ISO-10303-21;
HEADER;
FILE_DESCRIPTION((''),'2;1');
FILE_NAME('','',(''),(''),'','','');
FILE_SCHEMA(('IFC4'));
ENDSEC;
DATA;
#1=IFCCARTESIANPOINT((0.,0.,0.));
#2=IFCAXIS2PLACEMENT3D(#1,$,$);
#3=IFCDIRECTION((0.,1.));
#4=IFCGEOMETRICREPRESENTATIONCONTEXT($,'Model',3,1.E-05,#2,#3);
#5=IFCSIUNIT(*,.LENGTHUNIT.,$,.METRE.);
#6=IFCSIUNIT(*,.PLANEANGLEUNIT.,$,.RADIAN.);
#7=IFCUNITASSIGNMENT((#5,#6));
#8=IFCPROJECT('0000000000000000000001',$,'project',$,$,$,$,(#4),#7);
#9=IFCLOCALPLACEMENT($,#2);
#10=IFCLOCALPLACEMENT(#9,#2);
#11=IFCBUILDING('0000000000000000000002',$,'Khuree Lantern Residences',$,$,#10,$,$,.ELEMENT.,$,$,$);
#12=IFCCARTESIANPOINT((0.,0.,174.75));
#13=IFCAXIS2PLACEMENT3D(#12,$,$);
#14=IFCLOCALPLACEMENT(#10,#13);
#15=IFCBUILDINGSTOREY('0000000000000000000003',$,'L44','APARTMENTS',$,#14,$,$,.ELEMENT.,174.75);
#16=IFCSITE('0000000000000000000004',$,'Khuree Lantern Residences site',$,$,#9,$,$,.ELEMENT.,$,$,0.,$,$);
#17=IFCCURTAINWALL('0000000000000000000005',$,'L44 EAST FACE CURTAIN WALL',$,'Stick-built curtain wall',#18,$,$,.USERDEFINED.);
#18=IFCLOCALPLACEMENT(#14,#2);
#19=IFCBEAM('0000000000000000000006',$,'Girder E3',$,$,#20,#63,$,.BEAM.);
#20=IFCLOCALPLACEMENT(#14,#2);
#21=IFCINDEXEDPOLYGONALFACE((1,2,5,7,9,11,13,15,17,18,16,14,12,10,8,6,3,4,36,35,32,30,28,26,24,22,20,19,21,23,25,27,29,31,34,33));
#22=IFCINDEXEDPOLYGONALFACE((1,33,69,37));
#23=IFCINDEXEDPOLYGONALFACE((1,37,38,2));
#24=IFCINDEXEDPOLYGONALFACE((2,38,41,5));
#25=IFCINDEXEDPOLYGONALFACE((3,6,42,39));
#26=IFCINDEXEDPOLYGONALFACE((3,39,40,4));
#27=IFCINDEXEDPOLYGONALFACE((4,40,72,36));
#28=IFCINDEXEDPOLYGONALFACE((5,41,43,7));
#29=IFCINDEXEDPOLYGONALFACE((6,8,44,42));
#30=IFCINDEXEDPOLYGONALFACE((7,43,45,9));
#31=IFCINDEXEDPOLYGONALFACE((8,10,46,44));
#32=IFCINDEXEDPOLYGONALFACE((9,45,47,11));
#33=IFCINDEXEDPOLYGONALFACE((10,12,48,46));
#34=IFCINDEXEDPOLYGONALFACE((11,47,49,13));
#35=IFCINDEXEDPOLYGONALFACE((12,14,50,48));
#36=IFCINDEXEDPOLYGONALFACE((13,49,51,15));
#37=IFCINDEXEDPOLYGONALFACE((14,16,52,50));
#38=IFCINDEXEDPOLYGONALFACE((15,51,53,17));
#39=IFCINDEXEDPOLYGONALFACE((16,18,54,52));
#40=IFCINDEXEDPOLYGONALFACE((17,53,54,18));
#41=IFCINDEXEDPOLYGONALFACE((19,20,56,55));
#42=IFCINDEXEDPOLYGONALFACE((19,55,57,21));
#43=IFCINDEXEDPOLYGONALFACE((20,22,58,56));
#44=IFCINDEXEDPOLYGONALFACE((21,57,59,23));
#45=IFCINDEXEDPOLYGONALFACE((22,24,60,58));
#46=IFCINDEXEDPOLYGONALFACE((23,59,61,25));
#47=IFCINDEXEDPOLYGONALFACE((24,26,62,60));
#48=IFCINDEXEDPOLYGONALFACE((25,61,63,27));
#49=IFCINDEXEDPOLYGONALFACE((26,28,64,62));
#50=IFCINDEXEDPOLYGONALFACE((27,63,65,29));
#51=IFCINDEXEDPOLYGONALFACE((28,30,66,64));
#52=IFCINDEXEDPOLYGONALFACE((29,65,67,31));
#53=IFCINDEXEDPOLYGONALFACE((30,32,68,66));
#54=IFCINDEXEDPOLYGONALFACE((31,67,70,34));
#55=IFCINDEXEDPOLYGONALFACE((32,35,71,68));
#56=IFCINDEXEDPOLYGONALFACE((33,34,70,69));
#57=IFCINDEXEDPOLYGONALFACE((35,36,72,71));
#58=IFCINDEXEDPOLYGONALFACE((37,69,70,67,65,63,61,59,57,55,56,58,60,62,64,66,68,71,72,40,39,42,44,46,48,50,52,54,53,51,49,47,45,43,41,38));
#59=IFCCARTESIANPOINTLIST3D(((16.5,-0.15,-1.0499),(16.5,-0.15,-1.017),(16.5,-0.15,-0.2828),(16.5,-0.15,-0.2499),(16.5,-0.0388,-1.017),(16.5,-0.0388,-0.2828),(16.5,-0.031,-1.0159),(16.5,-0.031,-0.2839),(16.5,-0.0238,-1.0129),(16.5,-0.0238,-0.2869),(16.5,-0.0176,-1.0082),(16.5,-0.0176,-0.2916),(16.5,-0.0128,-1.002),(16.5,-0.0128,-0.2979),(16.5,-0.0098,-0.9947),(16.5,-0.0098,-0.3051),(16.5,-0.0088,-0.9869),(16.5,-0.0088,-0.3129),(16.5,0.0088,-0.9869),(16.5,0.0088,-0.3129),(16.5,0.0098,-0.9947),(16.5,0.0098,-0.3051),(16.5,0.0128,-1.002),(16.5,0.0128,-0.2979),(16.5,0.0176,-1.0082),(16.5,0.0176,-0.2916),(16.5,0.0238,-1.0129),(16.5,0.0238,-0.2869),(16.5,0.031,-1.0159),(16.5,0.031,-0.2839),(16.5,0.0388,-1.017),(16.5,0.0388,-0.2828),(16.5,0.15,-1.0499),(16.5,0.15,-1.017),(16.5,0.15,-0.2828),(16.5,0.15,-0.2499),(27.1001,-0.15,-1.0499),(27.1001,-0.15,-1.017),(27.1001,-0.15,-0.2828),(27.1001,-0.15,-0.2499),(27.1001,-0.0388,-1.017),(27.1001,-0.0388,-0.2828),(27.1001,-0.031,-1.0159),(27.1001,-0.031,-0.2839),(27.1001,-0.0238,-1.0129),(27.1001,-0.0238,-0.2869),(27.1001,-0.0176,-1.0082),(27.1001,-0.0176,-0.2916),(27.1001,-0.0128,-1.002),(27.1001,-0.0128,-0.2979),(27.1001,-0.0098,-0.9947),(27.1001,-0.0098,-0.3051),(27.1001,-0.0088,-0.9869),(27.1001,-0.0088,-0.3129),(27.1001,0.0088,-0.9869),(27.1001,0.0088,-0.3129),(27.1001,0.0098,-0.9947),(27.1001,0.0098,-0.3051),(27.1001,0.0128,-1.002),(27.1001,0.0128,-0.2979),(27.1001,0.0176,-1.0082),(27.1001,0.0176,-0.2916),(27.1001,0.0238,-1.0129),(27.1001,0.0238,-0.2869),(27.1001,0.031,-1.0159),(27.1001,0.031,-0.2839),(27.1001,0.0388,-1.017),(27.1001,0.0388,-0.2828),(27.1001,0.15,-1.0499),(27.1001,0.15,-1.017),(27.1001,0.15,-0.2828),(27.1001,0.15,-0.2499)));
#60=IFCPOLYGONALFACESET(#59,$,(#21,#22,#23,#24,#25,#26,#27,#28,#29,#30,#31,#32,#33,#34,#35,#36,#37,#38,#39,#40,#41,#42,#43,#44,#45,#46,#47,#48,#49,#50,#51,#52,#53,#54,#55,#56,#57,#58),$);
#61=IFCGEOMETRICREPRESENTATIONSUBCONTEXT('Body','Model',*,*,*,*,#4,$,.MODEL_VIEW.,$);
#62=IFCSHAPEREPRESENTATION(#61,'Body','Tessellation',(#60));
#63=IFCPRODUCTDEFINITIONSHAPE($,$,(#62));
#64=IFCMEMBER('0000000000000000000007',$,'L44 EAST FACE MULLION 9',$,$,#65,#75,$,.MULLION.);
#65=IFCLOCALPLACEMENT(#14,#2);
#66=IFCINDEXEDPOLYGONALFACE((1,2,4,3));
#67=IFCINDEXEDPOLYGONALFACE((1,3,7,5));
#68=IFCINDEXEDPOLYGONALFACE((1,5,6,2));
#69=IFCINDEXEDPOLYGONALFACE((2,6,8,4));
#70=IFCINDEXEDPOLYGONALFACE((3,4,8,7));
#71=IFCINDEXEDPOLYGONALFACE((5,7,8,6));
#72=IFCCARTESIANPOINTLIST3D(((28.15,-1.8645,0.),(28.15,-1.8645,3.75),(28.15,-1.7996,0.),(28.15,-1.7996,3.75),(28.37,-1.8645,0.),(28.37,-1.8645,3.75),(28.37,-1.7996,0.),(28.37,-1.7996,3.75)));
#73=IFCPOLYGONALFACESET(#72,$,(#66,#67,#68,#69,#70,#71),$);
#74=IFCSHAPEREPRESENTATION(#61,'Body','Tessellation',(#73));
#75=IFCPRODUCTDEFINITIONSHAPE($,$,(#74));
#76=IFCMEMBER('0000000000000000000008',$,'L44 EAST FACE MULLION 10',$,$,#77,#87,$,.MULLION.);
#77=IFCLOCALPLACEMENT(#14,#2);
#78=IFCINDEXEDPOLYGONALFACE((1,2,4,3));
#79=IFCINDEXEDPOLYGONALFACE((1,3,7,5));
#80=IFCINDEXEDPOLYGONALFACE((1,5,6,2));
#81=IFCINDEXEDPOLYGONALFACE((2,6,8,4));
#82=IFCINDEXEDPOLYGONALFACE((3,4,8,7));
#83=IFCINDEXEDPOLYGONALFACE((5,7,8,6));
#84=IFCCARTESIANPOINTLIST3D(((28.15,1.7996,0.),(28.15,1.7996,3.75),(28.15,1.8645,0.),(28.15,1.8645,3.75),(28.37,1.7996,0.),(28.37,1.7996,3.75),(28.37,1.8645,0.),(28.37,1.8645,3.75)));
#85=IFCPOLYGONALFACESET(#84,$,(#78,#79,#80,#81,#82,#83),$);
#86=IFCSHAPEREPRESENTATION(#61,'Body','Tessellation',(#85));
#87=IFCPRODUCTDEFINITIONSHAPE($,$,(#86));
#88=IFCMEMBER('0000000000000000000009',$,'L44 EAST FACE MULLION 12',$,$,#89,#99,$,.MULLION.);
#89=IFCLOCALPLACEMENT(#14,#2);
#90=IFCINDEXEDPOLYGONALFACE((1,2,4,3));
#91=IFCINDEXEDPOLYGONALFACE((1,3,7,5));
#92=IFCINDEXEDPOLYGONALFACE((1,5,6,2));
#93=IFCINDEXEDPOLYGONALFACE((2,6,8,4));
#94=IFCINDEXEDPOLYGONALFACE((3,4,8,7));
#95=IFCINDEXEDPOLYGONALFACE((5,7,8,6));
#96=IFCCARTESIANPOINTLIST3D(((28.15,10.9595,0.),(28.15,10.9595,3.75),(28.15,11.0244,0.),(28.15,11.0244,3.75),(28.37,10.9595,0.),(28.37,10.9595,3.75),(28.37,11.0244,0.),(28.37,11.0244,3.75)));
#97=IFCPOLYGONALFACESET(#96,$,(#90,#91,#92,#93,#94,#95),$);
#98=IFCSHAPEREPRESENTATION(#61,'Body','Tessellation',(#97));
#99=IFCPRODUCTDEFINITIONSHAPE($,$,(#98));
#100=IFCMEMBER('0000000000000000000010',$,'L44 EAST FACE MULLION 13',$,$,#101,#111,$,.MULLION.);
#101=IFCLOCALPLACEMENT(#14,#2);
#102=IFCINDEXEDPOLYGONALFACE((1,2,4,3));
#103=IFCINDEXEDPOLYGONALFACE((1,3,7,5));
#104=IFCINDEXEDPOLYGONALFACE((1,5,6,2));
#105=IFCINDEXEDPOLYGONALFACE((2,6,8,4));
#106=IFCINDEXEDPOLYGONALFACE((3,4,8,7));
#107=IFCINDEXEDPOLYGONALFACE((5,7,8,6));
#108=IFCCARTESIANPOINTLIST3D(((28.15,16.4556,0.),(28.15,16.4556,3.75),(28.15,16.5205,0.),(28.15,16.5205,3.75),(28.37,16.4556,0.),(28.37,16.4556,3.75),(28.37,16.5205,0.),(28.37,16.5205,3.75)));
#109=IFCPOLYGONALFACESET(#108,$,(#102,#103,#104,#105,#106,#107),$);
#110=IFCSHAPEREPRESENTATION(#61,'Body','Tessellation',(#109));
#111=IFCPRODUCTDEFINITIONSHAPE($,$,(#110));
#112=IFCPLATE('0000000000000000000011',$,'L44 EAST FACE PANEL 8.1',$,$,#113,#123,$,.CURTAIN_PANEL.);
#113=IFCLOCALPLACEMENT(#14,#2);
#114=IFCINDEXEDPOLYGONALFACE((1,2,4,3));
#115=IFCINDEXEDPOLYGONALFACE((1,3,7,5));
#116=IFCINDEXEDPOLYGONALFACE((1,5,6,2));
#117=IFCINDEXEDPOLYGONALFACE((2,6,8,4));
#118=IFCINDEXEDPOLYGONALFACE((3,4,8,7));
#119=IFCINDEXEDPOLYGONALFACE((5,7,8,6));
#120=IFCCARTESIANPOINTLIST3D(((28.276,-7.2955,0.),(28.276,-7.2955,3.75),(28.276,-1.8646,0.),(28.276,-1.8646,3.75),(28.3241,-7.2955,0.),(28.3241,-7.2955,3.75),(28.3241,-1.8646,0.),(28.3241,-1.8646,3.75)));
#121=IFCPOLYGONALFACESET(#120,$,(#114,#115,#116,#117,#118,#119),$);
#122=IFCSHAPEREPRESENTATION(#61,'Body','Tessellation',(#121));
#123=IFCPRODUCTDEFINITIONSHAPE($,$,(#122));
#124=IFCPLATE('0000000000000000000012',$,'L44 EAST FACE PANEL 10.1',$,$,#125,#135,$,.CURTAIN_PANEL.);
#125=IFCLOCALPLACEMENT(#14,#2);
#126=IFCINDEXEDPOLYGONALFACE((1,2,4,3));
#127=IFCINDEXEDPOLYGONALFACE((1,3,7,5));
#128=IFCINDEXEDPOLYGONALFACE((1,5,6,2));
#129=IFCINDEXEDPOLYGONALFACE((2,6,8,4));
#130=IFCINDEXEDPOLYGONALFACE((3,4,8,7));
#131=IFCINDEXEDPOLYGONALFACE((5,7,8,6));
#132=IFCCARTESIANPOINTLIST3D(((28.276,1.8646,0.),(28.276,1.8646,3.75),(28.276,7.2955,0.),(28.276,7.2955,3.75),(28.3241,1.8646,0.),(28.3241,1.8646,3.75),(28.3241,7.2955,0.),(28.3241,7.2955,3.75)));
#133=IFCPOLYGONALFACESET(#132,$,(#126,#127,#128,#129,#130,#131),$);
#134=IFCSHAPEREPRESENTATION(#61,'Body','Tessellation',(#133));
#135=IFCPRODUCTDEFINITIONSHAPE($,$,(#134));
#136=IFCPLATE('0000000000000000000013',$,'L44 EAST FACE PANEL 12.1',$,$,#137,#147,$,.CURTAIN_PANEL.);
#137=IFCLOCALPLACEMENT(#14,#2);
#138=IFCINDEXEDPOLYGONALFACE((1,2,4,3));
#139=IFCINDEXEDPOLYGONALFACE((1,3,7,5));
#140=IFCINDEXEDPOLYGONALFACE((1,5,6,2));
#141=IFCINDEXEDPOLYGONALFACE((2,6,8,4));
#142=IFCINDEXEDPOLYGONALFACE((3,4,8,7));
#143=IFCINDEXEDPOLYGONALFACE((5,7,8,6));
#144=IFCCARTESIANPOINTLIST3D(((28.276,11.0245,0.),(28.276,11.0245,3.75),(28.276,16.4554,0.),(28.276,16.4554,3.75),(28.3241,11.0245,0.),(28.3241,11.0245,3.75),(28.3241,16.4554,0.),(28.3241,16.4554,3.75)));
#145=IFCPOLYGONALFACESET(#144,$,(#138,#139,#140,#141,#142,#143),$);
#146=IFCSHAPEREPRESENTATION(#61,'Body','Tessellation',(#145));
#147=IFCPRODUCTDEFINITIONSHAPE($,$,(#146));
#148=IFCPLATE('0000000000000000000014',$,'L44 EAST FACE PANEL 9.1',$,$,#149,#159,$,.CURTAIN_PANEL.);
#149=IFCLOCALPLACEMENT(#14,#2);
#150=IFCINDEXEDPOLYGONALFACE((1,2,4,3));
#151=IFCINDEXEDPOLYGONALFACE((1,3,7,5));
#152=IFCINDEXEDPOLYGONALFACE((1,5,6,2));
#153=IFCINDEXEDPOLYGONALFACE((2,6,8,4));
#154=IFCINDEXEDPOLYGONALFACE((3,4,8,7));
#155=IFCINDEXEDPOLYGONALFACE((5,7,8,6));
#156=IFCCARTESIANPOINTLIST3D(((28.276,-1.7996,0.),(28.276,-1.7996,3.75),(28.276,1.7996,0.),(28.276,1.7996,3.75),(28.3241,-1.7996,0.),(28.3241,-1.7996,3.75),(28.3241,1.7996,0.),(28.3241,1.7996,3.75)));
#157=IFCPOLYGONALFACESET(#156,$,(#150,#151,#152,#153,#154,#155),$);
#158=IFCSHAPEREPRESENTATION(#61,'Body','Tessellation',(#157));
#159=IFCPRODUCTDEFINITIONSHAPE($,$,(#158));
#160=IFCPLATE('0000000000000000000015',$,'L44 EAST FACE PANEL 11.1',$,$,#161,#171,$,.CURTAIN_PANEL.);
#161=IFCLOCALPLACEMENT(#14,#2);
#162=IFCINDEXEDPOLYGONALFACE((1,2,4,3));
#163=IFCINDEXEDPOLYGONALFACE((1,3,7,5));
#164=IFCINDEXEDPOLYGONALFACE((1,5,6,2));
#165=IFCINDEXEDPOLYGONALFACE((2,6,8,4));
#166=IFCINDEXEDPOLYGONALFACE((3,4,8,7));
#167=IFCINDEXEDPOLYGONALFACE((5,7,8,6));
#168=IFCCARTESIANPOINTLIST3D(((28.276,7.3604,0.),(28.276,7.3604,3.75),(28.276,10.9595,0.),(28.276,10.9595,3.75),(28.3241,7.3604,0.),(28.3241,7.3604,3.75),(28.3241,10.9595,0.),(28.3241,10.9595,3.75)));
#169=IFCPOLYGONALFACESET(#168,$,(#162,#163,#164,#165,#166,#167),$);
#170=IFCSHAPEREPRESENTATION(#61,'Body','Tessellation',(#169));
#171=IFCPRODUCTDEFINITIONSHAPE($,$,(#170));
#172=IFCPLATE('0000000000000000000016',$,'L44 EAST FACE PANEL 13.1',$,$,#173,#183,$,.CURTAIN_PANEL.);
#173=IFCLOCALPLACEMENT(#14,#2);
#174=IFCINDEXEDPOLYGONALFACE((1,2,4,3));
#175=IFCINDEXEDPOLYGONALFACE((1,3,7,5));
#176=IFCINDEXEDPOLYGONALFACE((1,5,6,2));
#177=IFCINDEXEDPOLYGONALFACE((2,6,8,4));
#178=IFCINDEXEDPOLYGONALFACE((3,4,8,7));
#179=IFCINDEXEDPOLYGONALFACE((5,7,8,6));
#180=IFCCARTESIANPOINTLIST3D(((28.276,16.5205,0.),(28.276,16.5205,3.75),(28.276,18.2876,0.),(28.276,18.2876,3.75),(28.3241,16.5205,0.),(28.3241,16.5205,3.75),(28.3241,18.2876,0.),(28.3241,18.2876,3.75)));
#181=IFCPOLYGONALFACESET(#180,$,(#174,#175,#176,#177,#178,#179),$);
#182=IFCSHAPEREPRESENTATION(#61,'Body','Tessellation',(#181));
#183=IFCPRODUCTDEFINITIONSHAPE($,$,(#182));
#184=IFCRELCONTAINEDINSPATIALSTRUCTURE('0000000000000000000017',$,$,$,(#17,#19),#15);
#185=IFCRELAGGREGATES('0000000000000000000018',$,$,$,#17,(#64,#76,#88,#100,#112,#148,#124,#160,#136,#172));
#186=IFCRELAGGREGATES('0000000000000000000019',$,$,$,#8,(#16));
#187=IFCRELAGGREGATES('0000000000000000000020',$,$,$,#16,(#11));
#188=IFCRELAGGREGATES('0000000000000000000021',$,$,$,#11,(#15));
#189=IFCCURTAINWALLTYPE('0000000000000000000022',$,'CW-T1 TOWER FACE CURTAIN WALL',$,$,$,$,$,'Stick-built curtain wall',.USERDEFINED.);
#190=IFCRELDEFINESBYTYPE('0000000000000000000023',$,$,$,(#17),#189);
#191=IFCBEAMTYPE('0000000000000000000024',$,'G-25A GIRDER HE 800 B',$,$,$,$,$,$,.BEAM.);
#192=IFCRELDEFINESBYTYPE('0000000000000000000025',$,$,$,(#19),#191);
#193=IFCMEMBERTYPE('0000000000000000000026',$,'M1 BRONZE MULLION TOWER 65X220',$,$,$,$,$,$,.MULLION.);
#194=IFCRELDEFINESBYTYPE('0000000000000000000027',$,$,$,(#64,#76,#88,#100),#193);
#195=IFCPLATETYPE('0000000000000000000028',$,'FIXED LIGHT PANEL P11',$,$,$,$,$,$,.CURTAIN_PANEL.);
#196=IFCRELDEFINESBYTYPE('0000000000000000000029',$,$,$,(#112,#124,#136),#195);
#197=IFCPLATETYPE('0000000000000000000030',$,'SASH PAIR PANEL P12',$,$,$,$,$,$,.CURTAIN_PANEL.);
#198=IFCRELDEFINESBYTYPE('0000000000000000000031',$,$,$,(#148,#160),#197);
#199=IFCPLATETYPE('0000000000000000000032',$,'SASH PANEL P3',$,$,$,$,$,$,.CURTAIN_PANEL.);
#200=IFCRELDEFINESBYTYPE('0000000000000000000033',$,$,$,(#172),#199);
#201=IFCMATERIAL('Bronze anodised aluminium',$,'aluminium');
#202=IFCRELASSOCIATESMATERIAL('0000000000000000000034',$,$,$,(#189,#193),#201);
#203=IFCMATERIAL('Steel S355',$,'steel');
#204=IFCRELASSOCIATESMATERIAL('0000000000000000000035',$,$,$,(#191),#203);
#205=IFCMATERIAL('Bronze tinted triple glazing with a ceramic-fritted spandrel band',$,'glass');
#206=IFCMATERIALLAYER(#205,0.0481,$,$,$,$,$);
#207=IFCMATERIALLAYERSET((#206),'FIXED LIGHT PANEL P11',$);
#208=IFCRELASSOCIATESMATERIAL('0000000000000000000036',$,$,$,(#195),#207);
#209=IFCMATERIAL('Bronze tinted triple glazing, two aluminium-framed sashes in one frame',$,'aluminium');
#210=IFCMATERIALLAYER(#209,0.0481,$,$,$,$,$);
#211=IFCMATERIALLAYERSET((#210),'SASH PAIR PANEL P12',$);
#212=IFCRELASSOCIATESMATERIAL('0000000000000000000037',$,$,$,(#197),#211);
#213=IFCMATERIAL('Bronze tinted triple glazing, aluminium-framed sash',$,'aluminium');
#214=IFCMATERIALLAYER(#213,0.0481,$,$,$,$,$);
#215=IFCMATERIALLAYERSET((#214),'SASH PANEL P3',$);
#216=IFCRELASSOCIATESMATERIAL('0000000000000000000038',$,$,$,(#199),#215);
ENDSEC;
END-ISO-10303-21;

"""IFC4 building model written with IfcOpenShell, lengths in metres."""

from ifc_helpers import new_model, si_unit, direction, frame, origin, origin_2d, place, context, subcontext, project, spatial, rectangle, i_section, extrude, material, layer, layer_set, material_profile, profile_set, type_object, element, aggregate, save


model = new_model("IFC4")

# Units and contexts
model_context = context("Model", 3, precision=1e-05, world=origin(), true_north=direction((0.0, 1.0)))
body_context = subcontext(model_context, "Body", "Model", "MODEL_VIEW")
ifc_project = project(units=[si_unit("LENGTHUNIT", "METRE"), si_unit("PLANEANGLEUNIT", "RADIAN")], contexts=[model_context])

# Site, building, storey
site_placement = place(None, origin())
site = spatial("IfcSite", under=ifc_project, at=site_placement, Name="Khuree Lantern Residences site", CompositionType="ELEMENT", RefElevation=0.0)
building_placement = place(site_placement, origin())
building = spatial("IfcBuilding", under=site, at=building_placement, Name="Khuree Lantern Residences", CompositionType="ELEMENT")
storey_placement = place(building_placement, frame((0.0, 0.0, 174.75)))
storey = spatial("IfcBuildingStorey", under=building, at=storey_placement, Name="L44", Description="APARTMENTS", CompositionType="ELEMENT", Elevation=174.75)

# Shared definitions
ifc_material_1 = material(Name="Steel S355", Category="steel")

# Curtain wall
ifc_material_2 = material(Name="Bronze anodised aluminium", Category="aluminium")
curtain_wall_type = type_object("IfcCurtainWallType", Name="CW-T1 TOWER FACE CURTAIN WALL", ElementType="Stick-built curtain wall", PredefinedType="USERDEFINED", material=ifc_material_2)
curtain_wall_placement = place(storey_placement, origin())
curtain_wall = element("IfcCurtainWall", 1, at=curtain_wall_placement, inside=storey, type_object=curtain_wall_type, Name="L44 EAST FACE CURTAIN WALL", ObjectType="Stick-built curtain wall", PredefinedType="USERDEFINED")

# Beam
ifc_material_profile_1 = material_profile(ifc_material_1, i_section(OverallWidth=0.3, OverallDepth=0.8, WebThickness=0.0176, FlangeThickness=0.033, FilletRadius=0.03, at=origin_2d()), Name="HE 800 B")
ifc_profile_set_1 = profile_set([ifc_material_profile_1], Name="Steel S355")
beam_type_1 = type_object("IfcBeamType", Name="G-25A GIRDER HE 800 B", PredefinedType="BEAM", material=ifc_profile_set_1)
for number, where, z_axis, x_axis, name in (
    (2, (27.1001, 0.0, -0.6499), (-1.0, 0.0, 0.0), (0.0, -1.0, 0.0), "Girder E3"),
):
    element("IfcBeam", number, at=place(storey_placement, frame(where, z_axis=z_axis, x_axis=x_axis)), inside=storey, type_object=beam_type_1, Name=name, PredefinedType="BEAM", context=body_context, shape_type="SweptSolid", body=[
        extrude(i_section(OverallWidth=0.3, OverallDepth=0.8, WebThickness=0.0176, FlangeThickness=0.033, FilletRadius=0.03, at=origin_2d()), origin(), (0.0, 0.0, 1.0), 10.6001),
    ])

# Members
ifc_material_profile_2 = material_profile(ifc_material_2, rectangle(XDim=0.0649, YDim=0.22, at=origin_2d()), Name="M1 65X220")
ifc_profile_set_2 = profile_set([ifc_material_profile_2], Name="Bronze anodised aluminium")
member_type_1 = type_object("IfcMemberType", Name="M1 BRONZE MULLION TOWER 65X220", PredefinedType="MULLION", material=ifc_profile_set_2)
member_1_placement = place(storey_placement, frame((28.26, -1.832, 0.0), z_axis=(0.0, 0.0, 1.0), x_axis=(0.0, 1.0, 0.0)))
member_1 = element("IfcMember", 3, at=member_1_placement, type_object=member_type_1, Name="L44 EAST FACE MULLION 9", PredefinedType="MULLION", context=body_context, shape_type="SweptSolid", body=[
    extrude(rectangle(XDim=0.0649, YDim=0.22, at=origin_2d()), origin(), (0.0, 0.0, 1.0), 3.75),
])
member_2_placement = place(storey_placement, frame((28.26, 1.832, 0.0), z_axis=(0.0, 0.0, 1.0), x_axis=(0.0, 1.0, 0.0)))
member_2 = element("IfcMember", 4, at=member_2_placement, type_object=member_type_1, Name="L44 EAST FACE MULLION 10", PredefinedType="MULLION", context=body_context, shape_type="SweptSolid", body=[
    extrude(rectangle(XDim=0.0649, YDim=0.22, at=origin_2d()), origin(), (0.0, 0.0, 1.0), 3.75),
])
member_3_placement = place(storey_placement, frame((28.26, 10.9919, 0.0), z_axis=(0.0, 0.0, 1.0), x_axis=(0.0, 1.0, 0.0)))
member_3 = element("IfcMember", 5, at=member_3_placement, type_object=member_type_1, Name="L44 EAST FACE MULLION 12", PredefinedType="MULLION", context=body_context, shape_type="SweptSolid", body=[
    extrude(rectangle(XDim=0.0649, YDim=0.22, at=origin_2d()), origin(), (0.0, 0.0, 1.0), 3.75),
])
member_4_placement = place(storey_placement, frame((28.26, 16.488, 0.0), z_axis=(0.0, 0.0, 1.0), x_axis=(0.0, 1.0, 0.0)))
member_4 = element("IfcMember", 6, at=member_4_placement, type_object=member_type_1, Name="L44 EAST FACE MULLION 13", PredefinedType="MULLION", context=body_context, shape_type="SweptSolid", body=[
    extrude(rectangle(XDim=0.0649, YDim=0.22, at=origin_2d()), origin(), (0.0, 0.0, 1.0), 3.75),
])

# Plates
ifc_material_3 = material(Name="Bronze tinted triple glazing with a ceramic-fritted spandrel band", Category="glass")
ifc_layer_1 = layer(ifc_material_3, 0.0481)
ifc_layer_set_1 = layer_set([ifc_layer_1], Name="FIXED LIGHT PANEL P11")
plate_type_1 = type_object("IfcPlateType", Name="FIXED LIGHT PANEL P11", PredefinedType="CURTAIN_PANEL", material=ifc_layer_set_1)
plate_1_placement = place(storey_placement, frame((28.3, -4.5801, 0.0), z_axis=(0.0, 0.0, 1.0), x_axis=(0.0, 1.0, 0.0)))
plate_1 = element("IfcPlate", 7, at=plate_1_placement, type_object=plate_type_1, Name="L44 EAST FACE PANEL 8.1", PredefinedType="CURTAIN_PANEL", context=body_context, shape_type="SweptSolid", body=[
    extrude(rectangle(XDim=5.4309, YDim=0.0481, at=origin_2d()), origin(), (0.0, 0.0, 1.0), 3.75),
])
plate_2_placement = place(storey_placement, frame((28.3, 4.5801, 0.0), z_axis=(0.0, 0.0, 1.0), x_axis=(0.0, 1.0, 0.0)))
plate_2 = element("IfcPlate", 8, at=plate_2_placement, type_object=plate_type_1, Name="L44 EAST FACE PANEL 10.1", PredefinedType="CURTAIN_PANEL", context=body_context, shape_type="SweptSolid", body=[
    extrude(rectangle(XDim=5.4309, YDim=0.0481, at=origin_2d()), origin(), (0.0, 0.0, 1.0), 3.75),
])
plate_3_placement = place(storey_placement, frame((28.3, 13.74, 0.0), z_axis=(0.0, 0.0, 1.0), x_axis=(0.0, 1.0, 0.0)))
plate_3 = element("IfcPlate", 9, at=plate_3_placement, type_object=plate_type_1, Name="L44 EAST FACE PANEL 12.1", PredefinedType="CURTAIN_PANEL", context=body_context, shape_type="SweptSolid", body=[
    extrude(rectangle(XDim=5.4309, YDim=0.0481, at=origin_2d()), origin(), (0.0, 0.0, 1.0), 3.75),
])
ifc_material_4 = material(Name="Bronze tinted triple glazing, two aluminium-framed sashes in one frame", Category="aluminium")
ifc_layer_2 = layer(ifc_material_4, 0.0481)
ifc_layer_set_2 = layer_set([ifc_layer_2], Name="SASH PAIR PANEL P12")
plate_type_2 = type_object("IfcPlateType", Name="SASH PAIR PANEL P12", PredefinedType="CURTAIN_PANEL", material=ifc_layer_set_2)
plate_4_placement = place(storey_placement, frame((28.3, 0.0, 0.0), z_axis=(0.0, 0.0, 1.0), x_axis=(0.0, 1.0, 0.0)))
plate_4 = element("IfcPlate", 10, at=plate_4_placement, type_object=plate_type_2, Name="L44 EAST FACE PANEL 9.1", PredefinedType="CURTAIN_PANEL", context=body_context, shape_type="SweptSolid", body=[
    extrude(rectangle(XDim=3.5991, YDim=0.0481, at=origin_2d()), origin(), (0.0, 0.0, 1.0), 3.75),
])
plate_5_placement = place(storey_placement, frame((28.3, 9.1599, 0.0), z_axis=(0.0, 0.0, 1.0), x_axis=(0.0, 1.0, 0.0)))
plate_5 = element("IfcPlate", 11, at=plate_5_placement, type_object=plate_type_2, Name="L44 EAST FACE PANEL 11.1", PredefinedType="CURTAIN_PANEL", context=body_context, shape_type="SweptSolid", body=[
    extrude(rectangle(XDim=3.5991, YDim=0.0481, at=origin_2d()), origin(), (0.0, 0.0, 1.0), 3.75),
])
ifc_material_5 = material(Name="Bronze tinted triple glazing, aluminium-framed sash", Category="aluminium")
ifc_layer_3 = layer(ifc_material_5, 0.0481)
ifc_layer_set_3 = layer_set([ifc_layer_3], Name="SASH PANEL P3")
plate_type_3 = type_object("IfcPlateType", Name="SASH PANEL P3", PredefinedType="CURTAIN_PANEL", material=ifc_layer_set_3)
plate_6_placement = place(storey_placement, frame((28.3, 17.4041, 0.0), z_axis=(0.0, 0.0, 1.0), x_axis=(0.0, 1.0, 0.0)))
plate_6 = element("IfcPlate", 12, at=plate_6_placement, type_object=plate_type_3, Name="L44 EAST FACE PANEL 13.1", PredefinedType="CURTAIN_PANEL", context=body_context, shape_type="SweptSolid", body=[
    extrude(rectangle(XDim=1.7671, YDim=0.0481, at=origin_2d()), origin(), (0.0, 0.0, 1.0), 3.75),
])
aggregate(curtain_wall, [member_1, member_2, member_3, member_4, plate_1, plate_4, plate_2, plate_5, plate_3, plate_6])

save(model, "model.ifc")
